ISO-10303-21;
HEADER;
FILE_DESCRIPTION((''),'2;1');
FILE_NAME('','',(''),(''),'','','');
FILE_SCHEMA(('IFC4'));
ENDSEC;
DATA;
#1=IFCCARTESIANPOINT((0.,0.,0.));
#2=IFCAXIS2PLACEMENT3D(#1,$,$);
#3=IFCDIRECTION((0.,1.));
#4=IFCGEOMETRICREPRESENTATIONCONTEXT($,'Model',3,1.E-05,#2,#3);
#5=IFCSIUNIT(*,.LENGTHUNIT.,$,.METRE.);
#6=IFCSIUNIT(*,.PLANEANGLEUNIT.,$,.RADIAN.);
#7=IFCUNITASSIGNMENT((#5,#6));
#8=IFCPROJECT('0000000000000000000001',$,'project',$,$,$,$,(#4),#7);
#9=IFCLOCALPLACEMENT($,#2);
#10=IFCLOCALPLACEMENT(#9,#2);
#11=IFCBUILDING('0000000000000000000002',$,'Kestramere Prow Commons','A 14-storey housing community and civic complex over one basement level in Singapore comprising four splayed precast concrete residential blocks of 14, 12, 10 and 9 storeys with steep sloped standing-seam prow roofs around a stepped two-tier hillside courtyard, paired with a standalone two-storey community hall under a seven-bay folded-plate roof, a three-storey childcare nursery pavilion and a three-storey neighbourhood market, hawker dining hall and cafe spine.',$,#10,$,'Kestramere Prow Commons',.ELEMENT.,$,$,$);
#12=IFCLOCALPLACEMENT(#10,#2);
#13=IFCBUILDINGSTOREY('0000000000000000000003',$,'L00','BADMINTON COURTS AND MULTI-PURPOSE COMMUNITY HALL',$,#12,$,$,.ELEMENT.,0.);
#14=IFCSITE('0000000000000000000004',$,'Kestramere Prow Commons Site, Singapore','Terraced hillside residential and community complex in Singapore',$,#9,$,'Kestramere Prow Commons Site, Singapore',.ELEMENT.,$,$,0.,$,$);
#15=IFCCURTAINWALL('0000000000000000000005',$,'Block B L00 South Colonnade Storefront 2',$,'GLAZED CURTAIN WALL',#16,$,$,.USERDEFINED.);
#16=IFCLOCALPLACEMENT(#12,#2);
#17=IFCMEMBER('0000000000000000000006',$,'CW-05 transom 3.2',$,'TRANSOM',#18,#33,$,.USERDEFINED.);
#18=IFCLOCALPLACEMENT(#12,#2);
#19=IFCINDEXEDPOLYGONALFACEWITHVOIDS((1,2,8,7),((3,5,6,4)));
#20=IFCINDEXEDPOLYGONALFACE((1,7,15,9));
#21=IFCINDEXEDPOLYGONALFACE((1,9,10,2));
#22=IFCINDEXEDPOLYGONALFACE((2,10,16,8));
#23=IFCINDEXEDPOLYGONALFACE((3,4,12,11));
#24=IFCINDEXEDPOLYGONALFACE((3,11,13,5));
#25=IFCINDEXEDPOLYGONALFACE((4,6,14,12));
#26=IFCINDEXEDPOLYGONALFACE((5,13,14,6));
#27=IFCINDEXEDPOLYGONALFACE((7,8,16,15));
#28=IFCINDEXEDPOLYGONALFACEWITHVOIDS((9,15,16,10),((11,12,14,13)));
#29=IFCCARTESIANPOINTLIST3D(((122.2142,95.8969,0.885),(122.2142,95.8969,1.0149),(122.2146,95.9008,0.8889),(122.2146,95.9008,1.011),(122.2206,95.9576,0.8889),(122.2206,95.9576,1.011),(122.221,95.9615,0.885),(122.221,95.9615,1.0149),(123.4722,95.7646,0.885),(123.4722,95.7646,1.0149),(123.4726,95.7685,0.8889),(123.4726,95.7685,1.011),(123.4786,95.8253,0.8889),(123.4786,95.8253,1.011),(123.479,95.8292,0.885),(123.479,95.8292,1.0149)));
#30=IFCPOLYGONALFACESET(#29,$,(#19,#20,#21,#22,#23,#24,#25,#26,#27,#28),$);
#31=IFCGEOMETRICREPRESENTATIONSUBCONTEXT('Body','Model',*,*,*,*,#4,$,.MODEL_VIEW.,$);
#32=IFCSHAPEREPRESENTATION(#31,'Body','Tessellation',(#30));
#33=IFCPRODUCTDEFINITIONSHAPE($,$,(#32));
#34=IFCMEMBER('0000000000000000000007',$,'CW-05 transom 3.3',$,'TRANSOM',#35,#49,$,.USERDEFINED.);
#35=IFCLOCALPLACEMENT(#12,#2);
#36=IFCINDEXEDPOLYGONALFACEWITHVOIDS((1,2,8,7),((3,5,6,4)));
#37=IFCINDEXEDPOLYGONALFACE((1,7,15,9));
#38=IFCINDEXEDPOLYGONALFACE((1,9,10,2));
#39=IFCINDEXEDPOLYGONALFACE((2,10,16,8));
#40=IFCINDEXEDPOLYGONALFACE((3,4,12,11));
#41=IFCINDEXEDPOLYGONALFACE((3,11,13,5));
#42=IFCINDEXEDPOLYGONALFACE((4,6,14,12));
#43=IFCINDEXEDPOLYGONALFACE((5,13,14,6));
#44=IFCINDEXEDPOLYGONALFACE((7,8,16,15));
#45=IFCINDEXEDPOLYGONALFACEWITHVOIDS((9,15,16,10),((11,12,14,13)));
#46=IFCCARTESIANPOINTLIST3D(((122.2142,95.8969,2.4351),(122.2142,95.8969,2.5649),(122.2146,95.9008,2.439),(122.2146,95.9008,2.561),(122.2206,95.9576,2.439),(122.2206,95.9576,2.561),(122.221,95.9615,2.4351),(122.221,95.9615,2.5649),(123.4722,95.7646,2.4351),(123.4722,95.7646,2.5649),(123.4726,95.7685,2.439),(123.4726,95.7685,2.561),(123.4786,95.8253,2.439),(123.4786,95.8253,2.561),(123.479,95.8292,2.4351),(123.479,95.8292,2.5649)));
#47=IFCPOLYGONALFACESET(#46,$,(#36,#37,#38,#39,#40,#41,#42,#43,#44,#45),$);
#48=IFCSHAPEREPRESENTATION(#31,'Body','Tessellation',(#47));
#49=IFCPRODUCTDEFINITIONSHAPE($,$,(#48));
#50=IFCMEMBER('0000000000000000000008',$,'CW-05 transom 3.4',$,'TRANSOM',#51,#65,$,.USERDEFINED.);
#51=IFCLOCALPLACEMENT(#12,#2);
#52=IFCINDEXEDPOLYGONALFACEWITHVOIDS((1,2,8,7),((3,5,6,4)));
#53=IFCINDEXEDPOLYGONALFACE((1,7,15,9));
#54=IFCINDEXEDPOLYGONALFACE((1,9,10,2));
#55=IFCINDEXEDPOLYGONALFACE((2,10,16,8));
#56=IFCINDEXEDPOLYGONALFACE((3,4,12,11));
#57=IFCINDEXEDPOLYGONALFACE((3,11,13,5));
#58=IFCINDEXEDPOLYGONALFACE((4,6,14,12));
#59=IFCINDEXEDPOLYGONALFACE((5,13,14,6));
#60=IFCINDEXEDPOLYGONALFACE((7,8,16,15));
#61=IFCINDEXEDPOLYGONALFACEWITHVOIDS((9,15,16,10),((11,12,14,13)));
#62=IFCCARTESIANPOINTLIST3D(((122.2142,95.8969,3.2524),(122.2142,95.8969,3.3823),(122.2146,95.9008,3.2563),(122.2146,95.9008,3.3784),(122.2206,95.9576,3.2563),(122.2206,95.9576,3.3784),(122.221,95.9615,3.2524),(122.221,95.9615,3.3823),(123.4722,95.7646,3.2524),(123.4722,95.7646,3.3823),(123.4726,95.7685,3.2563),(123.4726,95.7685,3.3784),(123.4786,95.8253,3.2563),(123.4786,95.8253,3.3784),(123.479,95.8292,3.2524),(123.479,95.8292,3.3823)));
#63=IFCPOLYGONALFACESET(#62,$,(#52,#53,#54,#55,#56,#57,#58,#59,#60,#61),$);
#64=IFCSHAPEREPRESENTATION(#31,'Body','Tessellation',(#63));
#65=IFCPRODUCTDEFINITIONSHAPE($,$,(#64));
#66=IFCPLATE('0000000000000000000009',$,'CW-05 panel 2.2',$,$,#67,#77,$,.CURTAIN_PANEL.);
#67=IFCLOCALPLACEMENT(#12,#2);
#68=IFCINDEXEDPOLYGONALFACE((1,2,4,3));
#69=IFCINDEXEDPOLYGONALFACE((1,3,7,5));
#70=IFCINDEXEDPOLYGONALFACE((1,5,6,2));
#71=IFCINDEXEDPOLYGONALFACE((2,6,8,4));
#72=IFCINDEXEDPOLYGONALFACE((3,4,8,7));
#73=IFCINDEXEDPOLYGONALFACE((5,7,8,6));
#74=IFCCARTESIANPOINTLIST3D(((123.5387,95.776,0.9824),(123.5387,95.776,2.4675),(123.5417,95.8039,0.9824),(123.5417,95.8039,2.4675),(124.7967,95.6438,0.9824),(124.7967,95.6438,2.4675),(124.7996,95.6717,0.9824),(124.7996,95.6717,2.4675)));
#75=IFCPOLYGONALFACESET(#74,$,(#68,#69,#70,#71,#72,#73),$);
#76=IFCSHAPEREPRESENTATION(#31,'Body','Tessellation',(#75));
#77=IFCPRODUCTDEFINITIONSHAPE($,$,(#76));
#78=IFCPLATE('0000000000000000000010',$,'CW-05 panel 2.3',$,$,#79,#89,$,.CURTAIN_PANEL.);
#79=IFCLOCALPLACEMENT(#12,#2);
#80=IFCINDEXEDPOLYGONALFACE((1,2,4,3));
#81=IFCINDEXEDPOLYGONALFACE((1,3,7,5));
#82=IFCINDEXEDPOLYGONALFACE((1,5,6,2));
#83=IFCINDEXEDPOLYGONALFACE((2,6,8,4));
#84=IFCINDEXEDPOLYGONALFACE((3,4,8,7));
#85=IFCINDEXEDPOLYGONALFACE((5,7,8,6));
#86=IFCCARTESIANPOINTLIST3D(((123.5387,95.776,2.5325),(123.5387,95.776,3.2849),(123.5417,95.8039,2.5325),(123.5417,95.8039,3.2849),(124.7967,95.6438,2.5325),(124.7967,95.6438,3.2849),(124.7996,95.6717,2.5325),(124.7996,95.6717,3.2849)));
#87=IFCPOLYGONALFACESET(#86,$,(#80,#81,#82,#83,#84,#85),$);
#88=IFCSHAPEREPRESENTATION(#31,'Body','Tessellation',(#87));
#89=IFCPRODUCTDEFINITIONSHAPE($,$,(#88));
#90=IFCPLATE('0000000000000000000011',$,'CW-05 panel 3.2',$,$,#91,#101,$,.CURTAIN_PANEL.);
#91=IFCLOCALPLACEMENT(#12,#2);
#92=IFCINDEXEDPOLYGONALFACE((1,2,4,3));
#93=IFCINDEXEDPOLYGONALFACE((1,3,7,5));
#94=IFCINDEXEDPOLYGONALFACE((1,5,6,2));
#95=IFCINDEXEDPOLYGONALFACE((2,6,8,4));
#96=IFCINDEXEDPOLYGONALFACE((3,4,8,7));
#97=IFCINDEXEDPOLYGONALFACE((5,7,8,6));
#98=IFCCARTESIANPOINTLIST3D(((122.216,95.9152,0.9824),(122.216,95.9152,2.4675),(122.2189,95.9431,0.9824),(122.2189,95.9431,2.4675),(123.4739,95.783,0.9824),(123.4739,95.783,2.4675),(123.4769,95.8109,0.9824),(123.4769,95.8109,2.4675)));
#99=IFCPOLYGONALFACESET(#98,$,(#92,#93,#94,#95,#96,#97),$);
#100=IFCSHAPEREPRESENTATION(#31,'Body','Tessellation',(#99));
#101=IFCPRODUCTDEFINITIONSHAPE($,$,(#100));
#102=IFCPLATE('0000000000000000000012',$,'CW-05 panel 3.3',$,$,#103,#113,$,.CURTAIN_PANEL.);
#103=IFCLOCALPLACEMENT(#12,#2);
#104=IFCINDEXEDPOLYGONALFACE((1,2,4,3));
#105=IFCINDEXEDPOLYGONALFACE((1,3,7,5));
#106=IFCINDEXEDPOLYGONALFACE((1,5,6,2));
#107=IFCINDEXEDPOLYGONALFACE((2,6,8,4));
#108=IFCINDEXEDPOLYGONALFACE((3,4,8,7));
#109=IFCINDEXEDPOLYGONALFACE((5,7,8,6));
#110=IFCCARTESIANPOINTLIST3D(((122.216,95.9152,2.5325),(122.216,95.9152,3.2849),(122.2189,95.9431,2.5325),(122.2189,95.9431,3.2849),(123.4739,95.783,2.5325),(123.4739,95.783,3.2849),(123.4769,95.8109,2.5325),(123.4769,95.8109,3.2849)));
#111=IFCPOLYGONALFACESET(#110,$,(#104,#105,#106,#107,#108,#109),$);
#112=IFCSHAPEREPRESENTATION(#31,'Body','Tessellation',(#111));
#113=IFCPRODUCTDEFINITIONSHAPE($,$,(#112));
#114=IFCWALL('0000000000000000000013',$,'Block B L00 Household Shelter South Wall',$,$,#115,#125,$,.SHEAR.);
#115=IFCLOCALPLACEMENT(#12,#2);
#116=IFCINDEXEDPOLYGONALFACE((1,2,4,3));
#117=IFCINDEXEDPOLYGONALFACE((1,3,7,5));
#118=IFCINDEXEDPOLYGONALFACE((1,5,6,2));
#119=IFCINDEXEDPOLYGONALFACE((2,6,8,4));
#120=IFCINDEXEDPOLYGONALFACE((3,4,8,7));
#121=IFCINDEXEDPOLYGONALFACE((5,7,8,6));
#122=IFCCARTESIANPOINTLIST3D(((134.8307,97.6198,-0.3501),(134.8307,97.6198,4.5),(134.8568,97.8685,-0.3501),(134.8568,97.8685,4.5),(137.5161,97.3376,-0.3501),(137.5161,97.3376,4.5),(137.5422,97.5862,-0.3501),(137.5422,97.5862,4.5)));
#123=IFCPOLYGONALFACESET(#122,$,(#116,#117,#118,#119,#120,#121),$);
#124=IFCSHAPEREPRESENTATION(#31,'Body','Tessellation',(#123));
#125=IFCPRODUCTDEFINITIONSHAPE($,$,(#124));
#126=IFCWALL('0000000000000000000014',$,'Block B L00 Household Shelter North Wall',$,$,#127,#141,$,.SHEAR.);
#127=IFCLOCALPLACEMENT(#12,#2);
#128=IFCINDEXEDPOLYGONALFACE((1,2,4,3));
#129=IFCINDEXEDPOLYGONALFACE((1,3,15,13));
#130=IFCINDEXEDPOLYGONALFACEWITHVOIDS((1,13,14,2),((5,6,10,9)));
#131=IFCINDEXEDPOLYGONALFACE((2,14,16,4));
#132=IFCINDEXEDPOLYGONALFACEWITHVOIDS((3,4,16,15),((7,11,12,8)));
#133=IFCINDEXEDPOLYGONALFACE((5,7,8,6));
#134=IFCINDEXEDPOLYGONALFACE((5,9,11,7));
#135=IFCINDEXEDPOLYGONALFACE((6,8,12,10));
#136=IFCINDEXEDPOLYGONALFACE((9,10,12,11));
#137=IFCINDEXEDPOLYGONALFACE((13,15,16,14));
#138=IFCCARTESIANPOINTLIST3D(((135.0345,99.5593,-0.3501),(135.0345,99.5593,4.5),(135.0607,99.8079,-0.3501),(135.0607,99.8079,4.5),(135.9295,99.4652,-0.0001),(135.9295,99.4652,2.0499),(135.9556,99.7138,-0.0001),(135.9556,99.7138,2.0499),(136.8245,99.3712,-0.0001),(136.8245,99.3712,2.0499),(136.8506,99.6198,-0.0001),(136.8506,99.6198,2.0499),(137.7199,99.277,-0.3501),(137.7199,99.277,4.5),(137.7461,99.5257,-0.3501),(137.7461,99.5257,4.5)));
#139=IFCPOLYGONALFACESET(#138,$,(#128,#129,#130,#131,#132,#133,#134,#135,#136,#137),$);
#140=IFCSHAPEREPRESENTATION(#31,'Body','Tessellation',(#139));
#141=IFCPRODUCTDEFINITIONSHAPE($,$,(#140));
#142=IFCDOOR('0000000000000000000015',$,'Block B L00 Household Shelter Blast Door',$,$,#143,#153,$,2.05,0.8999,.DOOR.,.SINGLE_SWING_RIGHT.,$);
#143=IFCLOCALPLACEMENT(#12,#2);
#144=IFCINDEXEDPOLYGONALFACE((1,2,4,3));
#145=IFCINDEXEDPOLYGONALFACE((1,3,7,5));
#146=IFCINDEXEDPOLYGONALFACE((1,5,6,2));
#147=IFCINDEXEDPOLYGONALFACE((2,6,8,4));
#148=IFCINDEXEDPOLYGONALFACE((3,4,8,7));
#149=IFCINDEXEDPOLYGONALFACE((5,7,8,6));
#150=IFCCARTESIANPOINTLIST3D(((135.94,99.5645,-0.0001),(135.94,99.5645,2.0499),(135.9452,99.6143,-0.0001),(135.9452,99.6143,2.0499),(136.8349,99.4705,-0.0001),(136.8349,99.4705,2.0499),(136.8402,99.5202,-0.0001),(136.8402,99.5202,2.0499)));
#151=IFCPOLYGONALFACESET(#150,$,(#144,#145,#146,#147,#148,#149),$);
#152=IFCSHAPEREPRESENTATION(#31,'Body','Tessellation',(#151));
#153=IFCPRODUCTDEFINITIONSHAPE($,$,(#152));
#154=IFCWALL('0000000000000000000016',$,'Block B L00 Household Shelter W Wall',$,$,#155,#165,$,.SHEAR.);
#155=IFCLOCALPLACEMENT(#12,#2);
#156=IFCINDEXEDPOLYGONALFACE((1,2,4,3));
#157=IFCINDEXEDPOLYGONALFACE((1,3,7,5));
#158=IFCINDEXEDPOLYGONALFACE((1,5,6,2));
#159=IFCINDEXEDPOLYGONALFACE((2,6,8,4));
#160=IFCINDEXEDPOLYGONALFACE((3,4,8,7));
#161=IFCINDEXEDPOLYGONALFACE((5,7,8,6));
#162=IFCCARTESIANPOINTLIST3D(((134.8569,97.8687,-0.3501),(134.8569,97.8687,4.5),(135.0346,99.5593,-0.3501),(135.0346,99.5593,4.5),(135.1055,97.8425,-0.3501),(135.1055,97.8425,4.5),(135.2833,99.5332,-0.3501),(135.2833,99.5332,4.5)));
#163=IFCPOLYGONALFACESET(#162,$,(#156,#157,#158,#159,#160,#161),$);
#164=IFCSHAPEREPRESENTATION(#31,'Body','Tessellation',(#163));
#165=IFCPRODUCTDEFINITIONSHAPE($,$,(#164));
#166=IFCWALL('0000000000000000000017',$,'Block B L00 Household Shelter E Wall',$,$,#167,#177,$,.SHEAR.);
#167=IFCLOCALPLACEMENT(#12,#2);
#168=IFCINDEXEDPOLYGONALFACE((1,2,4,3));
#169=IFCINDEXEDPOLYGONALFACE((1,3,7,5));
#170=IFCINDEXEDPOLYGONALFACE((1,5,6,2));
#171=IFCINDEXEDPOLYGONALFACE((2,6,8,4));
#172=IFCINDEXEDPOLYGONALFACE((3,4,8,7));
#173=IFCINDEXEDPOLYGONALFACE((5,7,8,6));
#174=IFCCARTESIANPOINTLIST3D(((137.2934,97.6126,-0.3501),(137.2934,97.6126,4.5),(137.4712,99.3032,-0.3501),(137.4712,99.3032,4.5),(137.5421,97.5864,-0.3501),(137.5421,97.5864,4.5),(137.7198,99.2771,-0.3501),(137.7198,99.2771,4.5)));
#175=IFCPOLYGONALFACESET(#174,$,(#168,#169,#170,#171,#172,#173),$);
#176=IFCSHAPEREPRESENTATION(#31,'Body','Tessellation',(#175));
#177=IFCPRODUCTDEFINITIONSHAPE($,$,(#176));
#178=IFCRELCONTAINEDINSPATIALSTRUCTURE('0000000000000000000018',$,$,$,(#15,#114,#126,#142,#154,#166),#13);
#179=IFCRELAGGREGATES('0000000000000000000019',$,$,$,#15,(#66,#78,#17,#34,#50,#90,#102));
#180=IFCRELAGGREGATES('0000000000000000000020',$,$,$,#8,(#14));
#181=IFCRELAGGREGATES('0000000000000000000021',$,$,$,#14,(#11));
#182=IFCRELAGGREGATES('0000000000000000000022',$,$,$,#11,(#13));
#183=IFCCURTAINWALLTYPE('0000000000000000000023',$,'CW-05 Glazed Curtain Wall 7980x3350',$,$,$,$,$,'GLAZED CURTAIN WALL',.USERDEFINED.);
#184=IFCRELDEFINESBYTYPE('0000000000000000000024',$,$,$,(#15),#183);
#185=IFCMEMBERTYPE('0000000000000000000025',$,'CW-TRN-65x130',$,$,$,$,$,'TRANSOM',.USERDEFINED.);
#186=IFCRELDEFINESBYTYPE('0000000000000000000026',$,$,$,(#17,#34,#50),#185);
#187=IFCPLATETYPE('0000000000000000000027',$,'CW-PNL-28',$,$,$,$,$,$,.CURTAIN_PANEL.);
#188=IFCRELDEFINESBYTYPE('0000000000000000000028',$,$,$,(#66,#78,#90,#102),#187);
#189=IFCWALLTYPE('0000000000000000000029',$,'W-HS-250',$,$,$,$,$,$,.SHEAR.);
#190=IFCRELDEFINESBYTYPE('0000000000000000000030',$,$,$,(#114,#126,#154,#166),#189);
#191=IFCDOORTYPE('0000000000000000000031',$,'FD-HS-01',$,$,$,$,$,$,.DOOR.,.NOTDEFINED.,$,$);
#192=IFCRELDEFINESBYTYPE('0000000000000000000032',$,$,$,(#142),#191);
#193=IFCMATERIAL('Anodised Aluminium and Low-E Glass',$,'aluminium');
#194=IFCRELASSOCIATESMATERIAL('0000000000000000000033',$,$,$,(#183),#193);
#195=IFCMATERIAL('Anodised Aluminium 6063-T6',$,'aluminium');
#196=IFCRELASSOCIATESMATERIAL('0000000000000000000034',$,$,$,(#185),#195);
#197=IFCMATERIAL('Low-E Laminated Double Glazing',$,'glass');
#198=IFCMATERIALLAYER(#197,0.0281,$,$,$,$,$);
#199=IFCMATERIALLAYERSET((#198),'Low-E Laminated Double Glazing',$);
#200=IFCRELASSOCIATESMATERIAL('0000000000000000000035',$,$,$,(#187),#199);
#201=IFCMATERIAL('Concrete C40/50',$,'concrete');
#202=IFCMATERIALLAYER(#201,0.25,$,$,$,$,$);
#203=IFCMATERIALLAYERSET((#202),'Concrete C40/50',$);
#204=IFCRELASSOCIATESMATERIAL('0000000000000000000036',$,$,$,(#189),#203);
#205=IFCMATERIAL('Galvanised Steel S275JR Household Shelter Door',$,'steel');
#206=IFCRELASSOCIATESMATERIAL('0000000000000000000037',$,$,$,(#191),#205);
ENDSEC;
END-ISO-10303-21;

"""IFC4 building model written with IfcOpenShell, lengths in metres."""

from ifc_helpers import new_model, si_unit, direction, frame, frame_2d, origin, origin_2d, place, context, subcontext, project, spatial, rectangle, hollow_rectangle, extrude, material, layer, layer_set, material_profile, profile_set, type_object, element, fill, aggregate, save


model = new_model("IFC4")

# Units and contexts
model_context = context("Model", 3, precision=1e-05, world=origin(), true_north=direction((0.0, 1.0)))
body_context = subcontext(model_context, "Body", "Model", "MODEL_VIEW")
ifc_project = project(units=[si_unit("LENGTHUNIT", "METRE"), si_unit("PLANEANGLEUNIT", "RADIAN")], contexts=[model_context])

# Site, building, storey
site_placement = place(None, origin())
site = spatial("IfcSite", under=ifc_project, at=site_placement, Name="Kestramere Prow Commons Site, Singapore", Description="Terraced hillside residential and community complex in Singapore", LongName="Kestramere Prow Commons Site, Singapore", CompositionType="ELEMENT", RefElevation=0.0)
building_placement = place(site_placement, origin())
building = spatial("IfcBuilding", under=site, at=building_placement, Name="Kestramere Prow Commons", Description="A 14-storey housing community and civic complex over one basement level in Singapore comprising four splayed precast concrete residential blocks of 14, 12, 10 and 9 storeys with steep sloped standing-seam prow roofs around a stepped two-tier hillside courtyard, paired with a standalone two-storey community hall under a seven-bay folded-plate roof, a three-storey childcare nursery pavilion and a three-storey neighbourhood market, hawker dining hall and cafe spine.", LongName="Kestramere Prow Commons", CompositionType="ELEMENT")
storey_placement = place(building_placement, origin())
storey = spatial("IfcBuildingStorey", under=building, at=storey_placement, Name="L00", Description="BADMINTON COURTS AND MULTI-PURPOSE COMMUNITY HALL", CompositionType="ELEMENT", Elevation=0.0)

# Curtain wall, members, plates
ifc_material_1 = material(Name="Anodised Aluminium and Low-E Glass", Category="aluminium")
curtain_wall_type = type_object("IfcCurtainWallType", Name="CW-05 Glazed Curtain Wall 7980x3350", ElementType="GLAZED CURTAIN WALL", PredefinedType="USERDEFINED", material=ifc_material_1)
curtain_wall_placement = place(storey_placement, origin())
curtain_wall = element("IfcCurtainWall", 1, at=curtain_wall_placement, inside=storey, type_object=curtain_wall_type, Name="Block B L00 South Colonnade Storefront 2", ObjectType="GLAZED CURTAIN WALL", PredefinedType="USERDEFINED")
ifc_material_2 = material(Name="Anodised Aluminium 6063-T6", Category="aluminium")
ifc_material_profile_1 = material_profile(ifc_material_2, hollow_rectangle(XDim=0.0649, YDim=0.1299, WallThickness=0.0039, at=origin_2d()), Name="ALU-TRN 65x130")
ifc_profile_set_1 = profile_set([ifc_material_profile_1], Name="Anodised Aluminium 6063-T6")
member_type_1 = type_object("IfcMemberType", Name="CW-TRN-65x130", ElementType="TRANSOM", PredefinedType="USERDEFINED", material=ifc_profile_set_1)
member_1_placement = place(storey_placement, frame((123.4756, 95.7969, 0.95), z_axis=(-0.994514, 0.104604, 0.0), x_axis=(-0.104604, -0.994514, 0.0)))
member_1 = element("IfcMember", 2, at=member_1_placement, type_object=member_type_1, Name="CW-05 transom 3.2", ObjectType="TRANSOM", PredefinedType="USERDEFINED", context=body_context, shape_type="SweptSolid", body=[
    extrude(hollow_rectangle(XDim=0.0649, YDim=0.1299, WallThickness=0.0039, at=origin_2d()), origin(), (0.0, 0.0, 1.0), 1.2649),
])
member_2_placement = place(storey_placement, frame((123.4756, 95.7969, 2.5), z_axis=(-0.994514, 0.104604, 0.0), x_axis=(-0.104604, -0.994514, 0.0)))
member_2 = element("IfcMember", 3, at=member_2_placement, type_object=member_type_1, Name="CW-05 transom 3.3", ObjectType="TRANSOM", PredefinedType="USERDEFINED", context=body_context, shape_type="SweptSolid", body=[
    extrude(hollow_rectangle(XDim=0.0649, YDim=0.1299, WallThickness=0.0039, at=origin_2d()), origin(), (0.0, 0.0, 1.0), 1.2649),
])
member_3_placement = place(storey_placement, frame((123.4756, 95.7969, 3.3174), z_axis=(-0.994514, 0.104604, 0.0), x_axis=(-0.104604, -0.994514, 0.0)))
member_3 = element("IfcMember", 4, at=member_3_placement, type_object=member_type_1, Name="CW-05 transom 3.4", ObjectType="TRANSOM", PredefinedType="USERDEFINED", context=body_context, shape_type="SweptSolid", body=[
    extrude(hollow_rectangle(XDim=0.0649, YDim=0.1299, WallThickness=0.0039, at=origin_2d()), origin(), (0.0, 0.0, 1.0), 1.2649),
])
ifc_material_3 = material(Name="Low-E Laminated Double Glazing", Category="glass")
ifc_layer_1 = layer(ifc_material_3, 0.0281)
ifc_layer_set_1 = layer_set([ifc_layer_1], Name="Low-E Laminated Double Glazing")
plate_type = type_object("IfcPlateType", Name="CW-PNL-28", PredefinedType="CURTAIN_PANEL", material=ifc_layer_set_1)
plate_1_placement = place(storey_placement, frame((124.1692, 95.7239, 0.9824), z_axis=(0.0, 0.0, 1.0), x_axis=(-0.994522, 0.104529, 0.0)))
plate_1 = element("IfcPlate", 5, at=plate_1_placement, type_object=plate_type, Name="CW-05 panel 2.2", PredefinedType="CURTAIN_PANEL", context=body_context, shape_type="SweptSolid", body=[
    extrude(rectangle(XDim=1.2649, YDim=0.0281, at=origin_2d()), origin(), (0.0, 0.0, 1.0), 1.4851),
])
plate_2_placement = place(storey_placement, frame((124.1692, 95.7239, 2.5325), z_axis=(0.0, 0.0, 1.0), x_axis=(-0.994522, 0.104529, 0.0)))
plate_2 = element("IfcPlate", 6, at=plate_2_placement, type_object=plate_type, Name="CW-05 panel 2.3", PredefinedType="CURTAIN_PANEL", context=body_context, shape_type="SweptSolid", body=[
    extrude(rectangle(XDim=1.2649, YDim=0.0281, at=origin_2d()), origin(), (0.0, 0.0, 1.0), 0.7524),
])
plate_3_placement = place(storey_placement, frame((122.8464, 95.863, 0.9824), z_axis=(0.0, 0.0, 1.0), x_axis=(-0.994522, 0.104529, 0.0)))
plate_3 = element("IfcPlate", 7, at=plate_3_placement, type_object=plate_type, Name="CW-05 panel 3.2", PredefinedType="CURTAIN_PANEL", context=body_context, shape_type="SweptSolid", body=[
    extrude(rectangle(XDim=1.2649, YDim=0.0281, at=origin_2d()), origin(), (0.0, 0.0, 1.0), 1.4851),
])
plate_4_placement = place(storey_placement, frame((122.8464, 95.863, 2.5325), z_axis=(0.0, 0.0, 1.0), x_axis=(-0.994522, 0.104529, 0.0)))
plate_4 = element("IfcPlate", 8, at=plate_4_placement, type_object=plate_type, Name="CW-05 panel 3.3", PredefinedType="CURTAIN_PANEL", context=body_context, shape_type="SweptSolid", body=[
    extrude(rectangle(XDim=1.2649, YDim=0.0281, at=origin_2d()), origin(), (0.0, 0.0, 1.0), 0.7524),
])
aggregate(curtain_wall, [plate_1, plate_2, member_1, member_2, member_3, plate_3, plate_4])

# Wall
ifc_material_4 = material(Name="Concrete C40/50", Category="concrete")
ifc_layer_2 = layer(ifc_material_4, 0.25)
ifc_layer_set_2 = layer_set([ifc_layer_2], Name="Concrete C40/50")
wall_type_1 = type_object("IfcWallType", Name="W-HS-250", PredefinedType="SHEAR", material=ifc_layer_set_2)
wall_1_placement = place(storey_placement, frame((134.8438, 97.7441, -0.3501), z_axis=(0.0, 0.0, 1.0), x_axis=(0.994522, -0.104525, 0.0)))
element("IfcWall", 9, at=wall_1_placement, inside=storey, type_object=wall_type_1, Name="Block B L00 Household Shelter South Wall", PredefinedType="SHEAR", context=body_context, shape_type="SweptSolid", body=[
    extrude(rectangle(XDim=2.7002, YDim=0.25, at=frame_2d((1.3501, 0.0))), origin(), (0.0, 0.0, 1.0), 4.8501),
])

# Wall, opening, door
wall_2_placement = place(storey_placement, frame((135.0476, 99.6836, -0.3501), z_axis=(0.0, 0.0, 1.0), x_axis=(0.994522, -0.104525, 0.0)))
wall_2 = element("IfcWall", 10, at=wall_2_placement, inside=storey, type_object=wall_type_1, Name="Block B L00 Household Shelter North Wall", PredefinedType="SHEAR", context=body_context, shape_type="SweptSolid", body=[
    extrude(rectangle(XDim=2.7002, YDim=0.25, at=frame_2d((1.3501, 0.0))), origin(), (0.0, 0.0, 1.0), 4.8501),
])
opening_1_placement = place(wall_2_placement, frame((0.8999, 0.0, 0.3501)))
opening_1 = element("IfcOpeningElement", 11, at=opening_1_placement, cuts=wall_2, PredefinedType="OPENING", context=body_context, shape_type="SweptSolid", body=[
    extrude(rectangle(XDim=0.8999, YDim=2.05, at=frame_2d((0.45, 1.0249))), frame((0.0, 0.1399, 0.0), z_axis=(0.0, -1.0, 0.0), x_axis=(1.0, 0.0, 0.0)), (0.0, 0.0, 1.0), 0.28),
])
ifc_material_5 = material(Name="Galvanised Steel S275JR Household Shelter Door", Category="steel")
door_type_1 = type_object("IfcDoorType", Name="FD-HS-01", OperationType="NOTDEFINED", PredefinedType="DOOR", material=ifc_material_5)
door_1_placement = place(opening_1_placement, origin())
door_1 = element("IfcDoor", 12, at=door_1_placement, inside=storey, type_object=door_type_1, Name="Block B L00 Household Shelter Blast Door", OperationType="SINGLE_SWING_RIGHT", OverallHeight=2.05, OverallWidth=0.8999, PredefinedType="DOOR", context=body_context, shape_type="SweptSolid", body=[
    extrude(rectangle(XDim=0.8999, YDim=2.05, at=frame_2d((0.45, 1.0249))), frame((0.0, 0.0249, 0.0), z_axis=(0.0, -1.0, 0.0), x_axis=(1.0, 0.0, 0.0)), (0.0, 0.0, 1.0), 0.05),
])
fill(opening_1, door_1)

# Walls
for number, where, z_axis, x_axis, name in (
    (13, (134.9812, 97.8555, -0.3501), (0.0, 0.0, 1.0), (0.10455, 0.99452, 0.0), "Block B L00 Household Shelter W Wall"),
    (14, (137.4177, 97.5994, -0.3501), (0.0, 0.0, 1.0), (0.10455, 0.99452, 0.0), "Block B L00 Household Shelter E Wall"),
):
    element("IfcWall", number, at=place(storey_placement, frame(where, z_axis=z_axis, x_axis=x_axis)), inside=storey, type_object=wall_type_1, Name=name, PredefinedType="SHEAR", context=body_context, shape_type="SweptSolid", body=[
        extrude(rectangle(XDim=1.7, YDim=0.25, at=frame_2d((0.8501, 0.0))), origin(), (0.0, 0.0, 1.0), 4.8501),
    ])

save(model, "model.ifc")
